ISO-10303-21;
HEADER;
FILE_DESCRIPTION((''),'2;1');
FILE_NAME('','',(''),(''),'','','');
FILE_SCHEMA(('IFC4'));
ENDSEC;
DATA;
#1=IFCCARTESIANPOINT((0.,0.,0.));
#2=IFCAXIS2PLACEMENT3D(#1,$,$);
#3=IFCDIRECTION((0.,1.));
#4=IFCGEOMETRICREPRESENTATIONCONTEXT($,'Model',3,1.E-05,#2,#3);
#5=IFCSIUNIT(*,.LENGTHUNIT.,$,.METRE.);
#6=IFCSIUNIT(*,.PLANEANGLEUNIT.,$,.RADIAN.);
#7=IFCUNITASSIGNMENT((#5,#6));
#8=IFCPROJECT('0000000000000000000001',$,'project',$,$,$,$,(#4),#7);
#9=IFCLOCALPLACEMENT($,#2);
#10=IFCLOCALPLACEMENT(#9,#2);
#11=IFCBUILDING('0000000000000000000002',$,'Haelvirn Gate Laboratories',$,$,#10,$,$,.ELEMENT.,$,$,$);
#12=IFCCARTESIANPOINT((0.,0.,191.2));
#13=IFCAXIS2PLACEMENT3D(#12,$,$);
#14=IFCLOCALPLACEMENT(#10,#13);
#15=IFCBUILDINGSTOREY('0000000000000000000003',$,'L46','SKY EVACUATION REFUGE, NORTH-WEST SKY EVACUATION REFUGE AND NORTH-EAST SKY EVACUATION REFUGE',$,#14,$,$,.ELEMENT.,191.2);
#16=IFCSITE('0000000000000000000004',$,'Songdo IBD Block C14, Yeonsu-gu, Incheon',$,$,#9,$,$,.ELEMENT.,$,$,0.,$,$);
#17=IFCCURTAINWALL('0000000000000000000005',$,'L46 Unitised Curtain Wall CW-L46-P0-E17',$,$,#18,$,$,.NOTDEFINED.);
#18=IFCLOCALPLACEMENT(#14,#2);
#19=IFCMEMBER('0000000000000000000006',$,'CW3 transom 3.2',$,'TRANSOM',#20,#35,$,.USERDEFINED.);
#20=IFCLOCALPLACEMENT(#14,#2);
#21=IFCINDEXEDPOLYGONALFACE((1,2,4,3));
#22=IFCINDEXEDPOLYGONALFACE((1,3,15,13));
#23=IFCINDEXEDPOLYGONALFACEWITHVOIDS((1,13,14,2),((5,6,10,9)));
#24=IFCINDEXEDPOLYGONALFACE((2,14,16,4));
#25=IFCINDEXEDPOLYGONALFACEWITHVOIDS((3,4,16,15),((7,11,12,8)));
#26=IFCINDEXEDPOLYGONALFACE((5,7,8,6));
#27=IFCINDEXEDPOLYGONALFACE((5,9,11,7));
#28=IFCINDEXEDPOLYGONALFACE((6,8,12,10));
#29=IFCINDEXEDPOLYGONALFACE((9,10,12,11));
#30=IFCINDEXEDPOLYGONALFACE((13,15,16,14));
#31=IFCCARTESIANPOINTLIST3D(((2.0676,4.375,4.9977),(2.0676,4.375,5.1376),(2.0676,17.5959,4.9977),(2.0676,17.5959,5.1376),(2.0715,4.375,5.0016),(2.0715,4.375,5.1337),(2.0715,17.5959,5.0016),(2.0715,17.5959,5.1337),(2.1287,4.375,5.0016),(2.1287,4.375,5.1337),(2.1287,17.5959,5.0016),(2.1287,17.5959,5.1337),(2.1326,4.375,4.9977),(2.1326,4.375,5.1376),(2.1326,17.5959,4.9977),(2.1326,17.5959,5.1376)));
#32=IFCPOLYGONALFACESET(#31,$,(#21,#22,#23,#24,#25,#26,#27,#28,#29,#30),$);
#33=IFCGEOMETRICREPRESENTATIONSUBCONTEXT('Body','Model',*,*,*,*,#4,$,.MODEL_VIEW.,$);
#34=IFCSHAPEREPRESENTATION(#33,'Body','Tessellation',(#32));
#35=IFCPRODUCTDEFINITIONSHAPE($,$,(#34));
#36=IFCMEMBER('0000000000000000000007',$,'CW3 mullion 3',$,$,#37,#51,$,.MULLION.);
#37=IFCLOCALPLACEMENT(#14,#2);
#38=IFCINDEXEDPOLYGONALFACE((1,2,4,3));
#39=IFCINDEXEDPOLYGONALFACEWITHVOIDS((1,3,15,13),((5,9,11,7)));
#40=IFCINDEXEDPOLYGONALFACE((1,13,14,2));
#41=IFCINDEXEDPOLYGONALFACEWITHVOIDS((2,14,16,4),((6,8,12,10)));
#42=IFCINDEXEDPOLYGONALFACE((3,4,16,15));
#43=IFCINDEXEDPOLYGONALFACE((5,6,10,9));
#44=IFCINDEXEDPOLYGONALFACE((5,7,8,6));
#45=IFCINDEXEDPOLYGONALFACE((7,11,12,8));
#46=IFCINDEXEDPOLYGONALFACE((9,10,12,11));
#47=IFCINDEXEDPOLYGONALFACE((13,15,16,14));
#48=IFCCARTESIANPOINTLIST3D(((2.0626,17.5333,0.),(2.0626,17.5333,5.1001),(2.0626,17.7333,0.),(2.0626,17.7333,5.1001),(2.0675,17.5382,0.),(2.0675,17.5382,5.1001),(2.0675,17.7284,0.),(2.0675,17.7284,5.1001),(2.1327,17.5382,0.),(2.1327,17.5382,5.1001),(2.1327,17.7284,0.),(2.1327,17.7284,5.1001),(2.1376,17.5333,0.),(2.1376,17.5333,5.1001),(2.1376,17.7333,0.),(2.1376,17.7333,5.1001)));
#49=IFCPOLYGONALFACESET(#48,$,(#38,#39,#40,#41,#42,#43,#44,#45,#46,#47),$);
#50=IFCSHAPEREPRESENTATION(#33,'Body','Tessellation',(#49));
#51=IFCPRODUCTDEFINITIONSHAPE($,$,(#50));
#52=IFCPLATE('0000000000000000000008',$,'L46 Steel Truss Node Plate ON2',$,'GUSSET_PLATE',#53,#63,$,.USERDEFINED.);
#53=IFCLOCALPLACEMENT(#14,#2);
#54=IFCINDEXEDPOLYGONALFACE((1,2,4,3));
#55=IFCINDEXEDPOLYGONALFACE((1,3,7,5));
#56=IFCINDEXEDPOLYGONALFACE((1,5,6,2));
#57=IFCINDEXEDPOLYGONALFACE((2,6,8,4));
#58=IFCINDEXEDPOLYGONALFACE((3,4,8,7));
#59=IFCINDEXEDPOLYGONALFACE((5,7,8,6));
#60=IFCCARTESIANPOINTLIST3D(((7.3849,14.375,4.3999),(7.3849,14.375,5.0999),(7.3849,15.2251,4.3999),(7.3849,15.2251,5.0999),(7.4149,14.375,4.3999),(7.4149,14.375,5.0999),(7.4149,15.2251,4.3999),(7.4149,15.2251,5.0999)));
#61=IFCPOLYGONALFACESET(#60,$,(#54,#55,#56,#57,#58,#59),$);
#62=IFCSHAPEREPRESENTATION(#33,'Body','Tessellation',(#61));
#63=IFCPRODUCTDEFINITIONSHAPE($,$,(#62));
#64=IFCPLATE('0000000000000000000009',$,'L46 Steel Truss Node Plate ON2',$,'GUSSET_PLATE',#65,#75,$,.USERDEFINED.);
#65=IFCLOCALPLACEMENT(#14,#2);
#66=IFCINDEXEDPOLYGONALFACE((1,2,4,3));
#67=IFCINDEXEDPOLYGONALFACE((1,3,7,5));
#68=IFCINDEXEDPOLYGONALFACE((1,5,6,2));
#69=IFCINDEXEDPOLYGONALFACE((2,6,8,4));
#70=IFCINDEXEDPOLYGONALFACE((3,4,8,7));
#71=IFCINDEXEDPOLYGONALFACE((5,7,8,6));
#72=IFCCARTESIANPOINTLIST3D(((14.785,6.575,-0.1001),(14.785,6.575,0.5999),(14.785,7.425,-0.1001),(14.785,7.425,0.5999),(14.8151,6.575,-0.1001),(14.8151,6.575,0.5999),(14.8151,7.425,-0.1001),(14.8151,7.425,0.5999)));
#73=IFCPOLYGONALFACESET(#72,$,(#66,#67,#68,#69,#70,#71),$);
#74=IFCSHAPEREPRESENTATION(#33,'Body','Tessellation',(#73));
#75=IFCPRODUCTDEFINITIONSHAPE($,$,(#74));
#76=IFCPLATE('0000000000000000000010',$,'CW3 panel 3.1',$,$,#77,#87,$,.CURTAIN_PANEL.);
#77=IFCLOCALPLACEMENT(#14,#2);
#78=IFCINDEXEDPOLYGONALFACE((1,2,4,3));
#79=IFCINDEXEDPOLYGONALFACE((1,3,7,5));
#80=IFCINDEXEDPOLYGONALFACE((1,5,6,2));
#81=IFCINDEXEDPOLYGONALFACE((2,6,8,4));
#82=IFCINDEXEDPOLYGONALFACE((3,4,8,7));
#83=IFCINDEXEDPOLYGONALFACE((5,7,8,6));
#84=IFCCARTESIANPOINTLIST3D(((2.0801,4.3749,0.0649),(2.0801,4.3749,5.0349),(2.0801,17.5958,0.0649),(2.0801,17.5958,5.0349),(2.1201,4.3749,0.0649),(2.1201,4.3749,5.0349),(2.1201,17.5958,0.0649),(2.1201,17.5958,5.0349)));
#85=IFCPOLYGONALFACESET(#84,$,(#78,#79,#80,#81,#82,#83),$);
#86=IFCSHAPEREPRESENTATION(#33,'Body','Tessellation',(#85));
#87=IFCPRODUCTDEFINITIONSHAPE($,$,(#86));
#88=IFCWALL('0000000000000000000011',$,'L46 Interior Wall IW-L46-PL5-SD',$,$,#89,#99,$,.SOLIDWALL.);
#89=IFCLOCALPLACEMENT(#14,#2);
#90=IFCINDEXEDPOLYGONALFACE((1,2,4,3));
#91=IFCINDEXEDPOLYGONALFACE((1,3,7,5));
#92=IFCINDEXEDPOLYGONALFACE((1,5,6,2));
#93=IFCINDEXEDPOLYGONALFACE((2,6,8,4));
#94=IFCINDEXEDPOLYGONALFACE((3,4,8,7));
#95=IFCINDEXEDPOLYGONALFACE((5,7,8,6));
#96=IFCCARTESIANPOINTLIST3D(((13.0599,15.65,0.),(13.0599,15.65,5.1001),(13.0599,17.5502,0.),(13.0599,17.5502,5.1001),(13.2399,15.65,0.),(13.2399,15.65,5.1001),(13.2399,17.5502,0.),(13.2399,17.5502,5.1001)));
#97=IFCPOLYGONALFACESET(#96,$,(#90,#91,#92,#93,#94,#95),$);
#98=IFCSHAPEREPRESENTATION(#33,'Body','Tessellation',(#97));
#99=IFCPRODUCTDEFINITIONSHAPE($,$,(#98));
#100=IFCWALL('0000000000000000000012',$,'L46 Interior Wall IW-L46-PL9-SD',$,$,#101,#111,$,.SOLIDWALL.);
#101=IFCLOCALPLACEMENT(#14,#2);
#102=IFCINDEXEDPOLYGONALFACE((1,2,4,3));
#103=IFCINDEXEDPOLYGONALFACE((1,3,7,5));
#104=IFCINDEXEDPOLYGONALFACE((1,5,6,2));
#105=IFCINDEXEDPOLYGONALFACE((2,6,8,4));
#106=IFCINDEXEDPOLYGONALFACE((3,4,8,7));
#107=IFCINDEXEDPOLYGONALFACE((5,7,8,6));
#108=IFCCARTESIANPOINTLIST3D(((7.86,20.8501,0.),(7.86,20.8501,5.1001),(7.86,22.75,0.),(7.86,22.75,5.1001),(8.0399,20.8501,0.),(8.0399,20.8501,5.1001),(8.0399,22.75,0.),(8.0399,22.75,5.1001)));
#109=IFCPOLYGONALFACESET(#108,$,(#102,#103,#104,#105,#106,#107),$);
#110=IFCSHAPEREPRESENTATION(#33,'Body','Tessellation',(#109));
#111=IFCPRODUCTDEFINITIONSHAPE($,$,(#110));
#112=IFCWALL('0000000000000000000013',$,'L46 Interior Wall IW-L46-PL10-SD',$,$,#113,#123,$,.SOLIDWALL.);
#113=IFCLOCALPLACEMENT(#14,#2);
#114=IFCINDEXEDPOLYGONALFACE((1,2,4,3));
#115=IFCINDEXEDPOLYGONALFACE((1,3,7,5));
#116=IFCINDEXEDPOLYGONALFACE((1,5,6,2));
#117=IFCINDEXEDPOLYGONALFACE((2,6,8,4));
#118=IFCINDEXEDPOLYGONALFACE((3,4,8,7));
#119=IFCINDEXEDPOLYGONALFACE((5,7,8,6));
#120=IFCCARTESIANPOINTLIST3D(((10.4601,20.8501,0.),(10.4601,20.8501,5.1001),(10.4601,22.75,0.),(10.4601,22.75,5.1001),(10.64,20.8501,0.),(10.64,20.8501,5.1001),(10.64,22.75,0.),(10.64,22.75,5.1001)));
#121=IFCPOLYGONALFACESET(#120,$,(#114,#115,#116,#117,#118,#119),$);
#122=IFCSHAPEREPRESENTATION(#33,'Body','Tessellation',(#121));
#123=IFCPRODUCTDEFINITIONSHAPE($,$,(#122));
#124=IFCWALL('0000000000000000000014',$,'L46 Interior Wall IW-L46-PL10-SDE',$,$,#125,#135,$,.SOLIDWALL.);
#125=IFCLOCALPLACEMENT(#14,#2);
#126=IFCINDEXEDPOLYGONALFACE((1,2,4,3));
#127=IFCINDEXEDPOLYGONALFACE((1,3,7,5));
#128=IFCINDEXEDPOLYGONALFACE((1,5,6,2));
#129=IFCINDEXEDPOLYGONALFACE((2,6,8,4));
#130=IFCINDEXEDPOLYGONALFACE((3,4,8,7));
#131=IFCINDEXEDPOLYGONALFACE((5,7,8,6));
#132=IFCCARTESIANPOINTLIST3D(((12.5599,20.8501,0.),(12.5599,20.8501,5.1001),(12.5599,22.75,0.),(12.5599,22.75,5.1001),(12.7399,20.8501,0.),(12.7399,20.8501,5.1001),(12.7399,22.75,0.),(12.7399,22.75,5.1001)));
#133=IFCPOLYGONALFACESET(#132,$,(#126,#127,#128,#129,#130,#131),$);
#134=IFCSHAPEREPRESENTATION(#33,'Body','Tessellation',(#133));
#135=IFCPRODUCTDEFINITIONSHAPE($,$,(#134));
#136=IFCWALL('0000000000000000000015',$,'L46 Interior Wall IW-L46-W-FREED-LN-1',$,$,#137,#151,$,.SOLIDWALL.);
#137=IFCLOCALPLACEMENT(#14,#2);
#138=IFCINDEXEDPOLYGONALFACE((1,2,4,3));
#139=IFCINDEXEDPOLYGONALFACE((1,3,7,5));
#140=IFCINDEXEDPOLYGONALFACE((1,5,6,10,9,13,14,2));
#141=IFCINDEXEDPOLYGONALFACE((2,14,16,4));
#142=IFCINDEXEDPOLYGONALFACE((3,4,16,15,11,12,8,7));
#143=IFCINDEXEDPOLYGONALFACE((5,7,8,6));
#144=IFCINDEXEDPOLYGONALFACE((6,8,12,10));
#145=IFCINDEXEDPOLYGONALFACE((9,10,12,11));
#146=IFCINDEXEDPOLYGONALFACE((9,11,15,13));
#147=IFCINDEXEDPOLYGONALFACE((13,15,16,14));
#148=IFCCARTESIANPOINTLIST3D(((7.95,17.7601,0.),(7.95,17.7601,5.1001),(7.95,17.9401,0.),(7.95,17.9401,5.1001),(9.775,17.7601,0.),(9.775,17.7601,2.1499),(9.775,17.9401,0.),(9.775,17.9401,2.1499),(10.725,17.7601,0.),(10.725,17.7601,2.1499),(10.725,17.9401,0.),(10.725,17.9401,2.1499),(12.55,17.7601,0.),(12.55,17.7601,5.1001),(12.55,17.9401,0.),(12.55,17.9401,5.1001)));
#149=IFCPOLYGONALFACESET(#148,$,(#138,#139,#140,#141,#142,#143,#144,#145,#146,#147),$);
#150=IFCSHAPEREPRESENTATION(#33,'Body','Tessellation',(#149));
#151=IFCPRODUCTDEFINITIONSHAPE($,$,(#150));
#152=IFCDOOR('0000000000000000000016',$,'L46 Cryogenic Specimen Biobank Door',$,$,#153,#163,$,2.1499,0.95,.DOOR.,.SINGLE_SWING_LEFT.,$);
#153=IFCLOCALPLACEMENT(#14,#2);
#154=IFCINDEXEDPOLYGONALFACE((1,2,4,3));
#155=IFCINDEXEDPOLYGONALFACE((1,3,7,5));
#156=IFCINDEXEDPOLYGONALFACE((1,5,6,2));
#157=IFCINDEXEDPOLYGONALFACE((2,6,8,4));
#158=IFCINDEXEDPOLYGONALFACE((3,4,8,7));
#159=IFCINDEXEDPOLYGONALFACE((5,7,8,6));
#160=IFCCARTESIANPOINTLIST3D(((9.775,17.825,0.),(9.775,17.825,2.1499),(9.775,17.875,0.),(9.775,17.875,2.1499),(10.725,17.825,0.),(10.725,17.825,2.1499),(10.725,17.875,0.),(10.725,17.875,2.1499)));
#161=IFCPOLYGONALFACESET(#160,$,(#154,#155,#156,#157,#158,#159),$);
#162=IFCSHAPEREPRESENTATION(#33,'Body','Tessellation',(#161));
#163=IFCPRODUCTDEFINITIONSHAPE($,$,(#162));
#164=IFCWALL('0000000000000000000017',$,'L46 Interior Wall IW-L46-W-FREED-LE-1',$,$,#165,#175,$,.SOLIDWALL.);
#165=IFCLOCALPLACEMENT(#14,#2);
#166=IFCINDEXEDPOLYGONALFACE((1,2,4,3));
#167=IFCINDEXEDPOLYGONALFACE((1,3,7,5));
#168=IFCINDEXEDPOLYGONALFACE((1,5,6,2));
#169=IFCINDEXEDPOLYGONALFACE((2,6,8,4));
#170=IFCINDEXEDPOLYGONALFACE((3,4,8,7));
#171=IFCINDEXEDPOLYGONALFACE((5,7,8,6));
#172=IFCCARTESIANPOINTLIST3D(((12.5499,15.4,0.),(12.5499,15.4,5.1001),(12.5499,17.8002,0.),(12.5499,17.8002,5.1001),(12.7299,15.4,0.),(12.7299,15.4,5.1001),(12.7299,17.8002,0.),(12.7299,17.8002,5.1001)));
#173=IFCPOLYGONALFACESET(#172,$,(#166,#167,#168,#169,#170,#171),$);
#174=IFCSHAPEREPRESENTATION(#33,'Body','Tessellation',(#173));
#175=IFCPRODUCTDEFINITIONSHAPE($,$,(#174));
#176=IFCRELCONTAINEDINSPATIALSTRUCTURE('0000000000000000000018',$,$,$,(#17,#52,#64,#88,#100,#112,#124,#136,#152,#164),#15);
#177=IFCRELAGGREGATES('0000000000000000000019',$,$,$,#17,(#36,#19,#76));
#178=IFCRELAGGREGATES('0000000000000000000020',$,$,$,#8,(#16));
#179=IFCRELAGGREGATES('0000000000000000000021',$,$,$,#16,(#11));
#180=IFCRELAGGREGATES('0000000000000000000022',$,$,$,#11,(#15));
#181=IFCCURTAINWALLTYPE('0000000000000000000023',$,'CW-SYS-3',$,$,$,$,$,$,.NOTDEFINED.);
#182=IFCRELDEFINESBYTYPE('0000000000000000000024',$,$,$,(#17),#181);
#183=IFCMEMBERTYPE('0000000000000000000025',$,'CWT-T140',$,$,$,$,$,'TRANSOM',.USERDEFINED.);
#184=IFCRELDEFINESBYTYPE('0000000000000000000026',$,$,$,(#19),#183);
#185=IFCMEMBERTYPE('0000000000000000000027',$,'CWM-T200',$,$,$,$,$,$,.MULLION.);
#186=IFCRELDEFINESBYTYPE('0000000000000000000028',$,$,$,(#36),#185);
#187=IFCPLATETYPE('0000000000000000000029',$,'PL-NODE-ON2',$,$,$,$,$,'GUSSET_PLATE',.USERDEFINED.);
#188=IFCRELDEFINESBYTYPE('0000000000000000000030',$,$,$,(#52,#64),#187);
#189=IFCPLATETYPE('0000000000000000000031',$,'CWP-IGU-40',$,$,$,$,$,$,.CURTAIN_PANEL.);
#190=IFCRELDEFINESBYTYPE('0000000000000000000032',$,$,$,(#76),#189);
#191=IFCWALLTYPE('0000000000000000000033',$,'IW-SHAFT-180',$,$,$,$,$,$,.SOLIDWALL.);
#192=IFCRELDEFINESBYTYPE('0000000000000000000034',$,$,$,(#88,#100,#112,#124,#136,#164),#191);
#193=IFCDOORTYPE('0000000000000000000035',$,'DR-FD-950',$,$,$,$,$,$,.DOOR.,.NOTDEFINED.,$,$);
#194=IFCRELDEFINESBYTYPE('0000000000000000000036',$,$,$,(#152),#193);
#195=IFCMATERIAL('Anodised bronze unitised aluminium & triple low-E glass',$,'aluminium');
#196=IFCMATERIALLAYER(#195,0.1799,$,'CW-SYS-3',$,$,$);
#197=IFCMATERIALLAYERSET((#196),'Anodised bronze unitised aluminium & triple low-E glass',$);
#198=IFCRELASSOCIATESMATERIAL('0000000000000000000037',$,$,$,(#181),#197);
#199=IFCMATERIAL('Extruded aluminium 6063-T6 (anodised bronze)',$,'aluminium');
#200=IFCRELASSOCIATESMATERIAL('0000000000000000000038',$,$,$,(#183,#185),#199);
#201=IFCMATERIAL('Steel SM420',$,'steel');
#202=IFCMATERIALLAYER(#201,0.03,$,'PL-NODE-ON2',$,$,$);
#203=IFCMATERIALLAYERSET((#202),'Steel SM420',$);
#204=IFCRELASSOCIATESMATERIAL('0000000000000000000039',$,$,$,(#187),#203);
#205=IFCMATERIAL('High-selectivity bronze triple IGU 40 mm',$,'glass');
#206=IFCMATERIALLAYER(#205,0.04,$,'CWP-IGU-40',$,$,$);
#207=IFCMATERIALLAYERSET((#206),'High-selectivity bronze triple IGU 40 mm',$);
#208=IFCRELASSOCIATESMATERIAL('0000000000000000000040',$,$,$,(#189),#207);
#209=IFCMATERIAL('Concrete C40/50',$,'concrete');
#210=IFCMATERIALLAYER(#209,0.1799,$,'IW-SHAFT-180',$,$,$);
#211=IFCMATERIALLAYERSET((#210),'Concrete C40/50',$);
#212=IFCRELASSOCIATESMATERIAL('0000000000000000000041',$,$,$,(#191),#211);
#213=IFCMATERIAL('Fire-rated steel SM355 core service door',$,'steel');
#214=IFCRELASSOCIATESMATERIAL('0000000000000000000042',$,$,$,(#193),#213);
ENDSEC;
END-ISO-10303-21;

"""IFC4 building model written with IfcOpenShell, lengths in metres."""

from ifc_helpers import new_model, si_unit, direction, frame, frame_2d, origin, origin_2d, place, context, subcontext, project, spatial, rectangle, hollow_rectangle, extrude, source, transform, mapped, material, layer, layer_set, material_profile, profile_set, type_object, type_shapes, element, fill, aggregate, save


model = new_model("IFC4")

# Units and contexts
model_context = context("Model", 3, precision=1e-05, world=origin(), true_north=direction((0.0, 1.0)))
body_context = subcontext(model_context, "Body", "Model", "MODEL_VIEW")
ifc_project = project(units=[si_unit("LENGTHUNIT", "METRE"), si_unit("PLANEANGLEUNIT", "RADIAN")], contexts=[model_context])

# Site, building, storey
site_placement = place(None, origin())
site = spatial("IfcSite", under=ifc_project, at=site_placement, Name="Songdo IBD Block C14, Yeonsu-gu, Incheon", CompositionType="ELEMENT", RefElevation=0.0)
building_placement = place(site_placement, origin())
building = spatial("IfcBuilding", under=site, at=building_placement, Name="Haelvirn Gate Laboratories", CompositionType="ELEMENT")
storey_placement = place(building_placement, frame((0.0, 0.0, 191.2)))
storey = spatial("IfcBuildingStorey", under=building, at=storey_placement, Name="L46", Description="SKY EVACUATION REFUGE, NORTH-WEST SKY EVACUATION REFUGE AND NORTH-EAST SKY EVACUATION REFUGE", CompositionType="ELEMENT", Elevation=191.2)

# Shared definitions
ifc_material_1 = material(Name="Steel SM420", Category="steel")

# Curtain wall, members
ifc_material_2 = material(Name="Anodised bronze unitised aluminium & triple low-E glass", Category="aluminium")
ifc_layer_1 = layer(ifc_material_2, 0.1799, Name="CW-SYS-3")
ifc_layer_set_1 = layer_set([ifc_layer_1], Name="Anodised bronze unitised aluminium & triple low-E glass")
curtain_wall_type = type_object("IfcCurtainWallType", Name="CW-SYS-3", PredefinedType="NOTDEFINED", material=ifc_layer_set_1)
curtain_wall_placement = place(storey_placement, origin())
curtain_wall = element("IfcCurtainWall", 1, at=curtain_wall_placement, inside=storey, type_object=curtain_wall_type, Name="L46 Unitised Curtain Wall CW-L46-P0-E17", PredefinedType="NOTDEFINED")
ifc_material_3 = material(Name="Extruded aluminium 6063-T6 (anodised bronze)", Category="aluminium")
ifc_material_profile_1 = material_profile(ifc_material_3, hollow_rectangle(XDim=0.0649, YDim=0.1399, WallThickness=0.0039, at=origin_2d()), Name="CWT-140x65x4")
ifc_profile_set_1 = profile_set([ifc_material_profile_1], Name="Extruded aluminium 6063-T6 (anodised bronze)")
member_type_1 = type_object("IfcMemberType", Name="CWT-T140", ElementType="TRANSOM", PredefinedType="USERDEFINED", material=ifc_profile_set_1)
shared_shape_1 = source(origin(), body_context, "Body", "SweptSolid", [
    extrude(hollow_rectangle(XDim=0.0649, YDim=0.1399, WallThickness=0.0039, at=origin_2d()), origin(), (0.0, 0.0, 1.0), 13.2209),
])
type_shapes(member_type_1, [shared_shape_1])
member_1_placement = place(storey_placement, frame((2.1001, 17.5959, 5.0676), z_axis=(0.0, -1.0, 0.0), x_axis=(1.0, 0.0, 0.0)))
member_1 = element("IfcMember", 2, at=member_1_placement, type_object=member_type_1, Name="CW3 transom 3.2", ObjectType="TRANSOM", PredefinedType="USERDEFINED", context=body_context, shape_type="MappedRepresentation", body=[
    mapped(shared_shape_1, transform((0.0, 0.0, 0.0), scale=1.0)),
])
ifc_material_profile_2 = material_profile(ifc_material_3, hollow_rectangle(XDim=0.075, YDim=0.2, WallThickness=0.0049, at=origin_2d()), Name="CWM-200x75x5")
ifc_profile_set_2 = profile_set([ifc_material_profile_2], Name="Extruded aluminium 6063-T6 (anodised bronze)")
member_type_2 = type_object("IfcMemberType", Name="CWM-T200", PredefinedType="MULLION", material=ifc_profile_set_2)
shared_shape_2 = source(origin(), body_context, "Body", "SweptSolid", [
    extrude(hollow_rectangle(XDim=0.075, YDim=0.2, WallThickness=0.0049, at=origin_2d()), origin(), (0.0, 0.0, 1.0), 5.1001),
])
type_shapes(member_type_2, [shared_shape_2])
member_2_placement = place(storey_placement, frame((2.1001, 17.6333, 0.0), z_axis=(0.0, 0.0, 1.0), x_axis=(1.0, 0.0, 0.0)))
member_2 = element("IfcMember", 3, at=member_2_placement, type_object=member_type_2, Name="CW3 mullion 3", PredefinedType="MULLION", context=body_context, shape_type="MappedRepresentation", body=[
    mapped(shared_shape_2, transform((0.0, 0.0, 0.0), scale=1.0)),
])

# Plates
ifc_layer_2 = layer(ifc_material_1, 0.03, Name="PL-NODE-ON2")
ifc_layer_set_2 = layer_set([ifc_layer_2], Name="Steel SM420")
plate_type_1 = type_object("IfcPlateType", Name="PL-NODE-ON2", ElementType="GUSSET_PLATE", PredefinedType="USERDEFINED", material=ifc_layer_set_2)
shared_shape_3 = source(origin(), body_context, "Body", "SweptSolid", [
    extrude(rectangle(XDim=0.8501, YDim=0.03, at=origin_2d()), origin(), (0.0, 0.0, 1.0), 0.7),
])
type_shapes(plate_type_1, [shared_shape_3])
for number, where, z_axis, x_axis, name in (
    (4, (7.3999, 14.8, 4.3999), (0.0, 0.0, 1.0), (0.0, 1.0, 0.0), "L46 Steel Truss Node Plate ON2"),
    (5, (14.8, 7.0, -0.1001), (0.0, 0.0, 1.0), (0.0, 1.0, 0.0), "L46 Steel Truss Node Plate ON2"),
):
    element("IfcPlate", number, at=place(storey_placement, frame(where, z_axis=z_axis, x_axis=x_axis)), inside=storey, type_object=plate_type_1, Name=name, ObjectType="GUSSET_PLATE", PredefinedType="USERDEFINED", context=body_context, shape_type="MappedRepresentation", body=[
        mapped(shared_shape_3, transform((0.0, 0.0, 0.0), scale=1.0)),
    ])

# Plate
ifc_material_4 = material(Name="High-selectivity bronze triple IGU 40 mm", Category="glass")
ifc_layer_3 = layer(ifc_material_4, 0.04, Name="CWP-IGU-40")
ifc_layer_set_3 = layer_set([ifc_layer_3], Name="High-selectivity bronze triple IGU 40 mm")
plate_type_2 = type_object("IfcPlateType", Name="CWP-IGU-40", PredefinedType="CURTAIN_PANEL", material=ifc_layer_set_3)
shared_shape_4 = source(origin(), body_context, "Body", "SweptSolid", [
    extrude(rectangle(XDim=13.2209, YDim=0.04, at=origin_2d()), origin(), (0.0, 0.0, 1.0), 4.97),
])
type_shapes(plate_type_2, [shared_shape_4])
plate_placement = place(storey_placement, frame((2.1001, 10.9854, 0.0649), z_axis=(0.0, 0.0, 1.0), x_axis=(0.0, -1.0, 0.0)))
plate = element("IfcPlate", 6, at=plate_placement, type_object=plate_type_2, Name="CW3 panel 3.1", PredefinedType="CURTAIN_PANEL", context=body_context, shape_type="MappedRepresentation", body=[
    mapped(shared_shape_4, transform((0.0, 0.0, 0.0), scale=1.0)),
])
aggregate(curtain_wall, [member_2, member_1, plate])

# Walls
ifc_material_5 = material(Name="Concrete C40/50", Category="concrete")
ifc_layer_4 = layer(ifc_material_5, 0.1799, Name="IW-SHAFT-180")
ifc_layer_set_4 = layer_set([ifc_layer_4], Name="Concrete C40/50")
wall_type_1 = type_object("IfcWallType", Name="IW-SHAFT-180", PredefinedType="SOLIDWALL", material=ifc_layer_set_4)
wall_1_placement = place(storey_placement, frame((13.1499, 15.6499, 0.0), z_axis=(0.0, 0.0, 1.0), x_axis=(0.0, 1.0, 0.0)))
element("IfcWall", 7, at=wall_1_placement, inside=storey, type_object=wall_type_1, Name="L46 Interior Wall IW-L46-PL5-SD", PredefinedType="SOLIDWALL", context=body_context, shape_type="SweptSolid", body=[
    extrude(rectangle(XDim=1.9001, YDim=0.1799, at=frame_2d((0.9502, 0.0))), origin(), (0.0, 0.0, 1.0), 5.1001),
])
for number, where, z_axis, x_axis, name in (
    (8, (7.95, 20.8501, 0.0), (0.0, 0.0, 1.0), (0.0, 1.0, 0.0), "L46 Interior Wall IW-L46-PL9-SD"),
    (9, (10.55, 20.8501, 0.0), (0.0, 0.0, 1.0), (0.0, 1.0, 0.0), "L46 Interior Wall IW-L46-PL10-SD"),
    (10, (12.6499, 20.8501, 0.0), (0.0, 0.0, 1.0), (0.0, 1.0, 0.0), "L46 Interior Wall IW-L46-PL10-SDE"),
):
    element("IfcWall", number, at=place(storey_placement, frame(where, z_axis=z_axis, x_axis=x_axis)), inside=storey, type_object=wall_type_1, Name=name, PredefinedType="SOLIDWALL", context=body_context, shape_type="SweptSolid", body=[
        extrude(rectangle(XDim=1.8999, YDim=0.1799, at=frame_2d((0.95, 0.0))), origin(), (0.0, 0.0, 1.0), 5.1001),
    ])

# Wall, opening, door
wall_2_placement = place(storey_placement, frame((7.95, 17.8501, 0.0), z_axis=(0.0, 0.0, 1.0), x_axis=(1.0, 0.0, 0.0)))
wall_2 = element("IfcWall", 11, at=wall_2_placement, inside=storey, type_object=wall_type_1, Name="L46 Interior Wall IW-L46-W-FREED-LN-1", PredefinedType="SOLIDWALL", context=body_context, shape_type="SweptSolid", body=[
    extrude(rectangle(XDim=4.6001, YDim=0.1799, at=frame_2d((2.3, 0.0))), origin(), (0.0, 0.0, 1.0), 5.1001),
])
opening_1_placement = place(wall_2_placement, frame((1.825, 0.0, 0.0)))
opening_1 = element("IfcOpeningElement", 12, at=opening_1_placement, cuts=wall_2, PredefinedType="OPENING", context=body_context, shape_type="SweptSolid", body=[
    extrude(rectangle(XDim=0.95, YDim=2.1499, at=frame_2d((0.4751, 1.075))), frame((0.0, 0.1001, 0.0), z_axis=(0.0, -1.0, 0.0), x_axis=(1.0, 0.0, 0.0)), (0.0, 0.0, 1.0), 0.2),
])
ifc_material_6 = material(Name="Fire-rated steel SM355 core service door", Category="steel")
door_type_1 = type_object("IfcDoorType", Name="DR-FD-950", OperationType="NOTDEFINED", PredefinedType="DOOR", material=ifc_material_6)
shared_shape_5 = source(origin(), body_context, "Body", "SweptSolid", [
    extrude(rectangle(XDim=0.95, YDim=2.1499, at=frame_2d((0.4751, 1.075))), frame((0.0, 0.0249, 0.0), z_axis=(0.0, -1.0, 0.0), x_axis=(1.0, 0.0, 0.0)), (0.0, 0.0, 1.0), 0.05),
])
type_shapes(door_type_1, [shared_shape_5])
door_1_placement = place(opening_1_placement, origin())
door_1 = element("IfcDoor", 13, at=door_1_placement, inside=storey, type_object=door_type_1, Name="L46 Cryogenic Specimen Biobank Door", OperationType="SINGLE_SWING_LEFT", OverallHeight=2.1499, OverallWidth=0.95, PredefinedType="DOOR", context=body_context, shape_type="MappedRepresentation", body=[
    mapped(shared_shape_5, transform((0.0, 0.0, 0.0), scale=1.0)),
])
fill(opening_1, door_1)

# Wall
wall_3_placement = place(storey_placement, frame((12.6399, 15.3999, 0.0), z_axis=(0.0, 0.0, 1.0), x_axis=(0.0, 1.0, 0.0)))
element("IfcWall", 14, at=wall_3_placement, inside=storey, type_object=wall_type_1, Name="L46 Interior Wall IW-L46-W-FREED-LE-1", PredefinedType="SOLIDWALL", context=body_context, shape_type="SweptSolid", body=[
    extrude(rectangle(XDim=2.4001, YDim=0.1799, at=frame_2d((1.2002, 0.0))), origin(), (0.0, 0.0, 1.0), 5.1001),
])

save(model, "model.ifc")
